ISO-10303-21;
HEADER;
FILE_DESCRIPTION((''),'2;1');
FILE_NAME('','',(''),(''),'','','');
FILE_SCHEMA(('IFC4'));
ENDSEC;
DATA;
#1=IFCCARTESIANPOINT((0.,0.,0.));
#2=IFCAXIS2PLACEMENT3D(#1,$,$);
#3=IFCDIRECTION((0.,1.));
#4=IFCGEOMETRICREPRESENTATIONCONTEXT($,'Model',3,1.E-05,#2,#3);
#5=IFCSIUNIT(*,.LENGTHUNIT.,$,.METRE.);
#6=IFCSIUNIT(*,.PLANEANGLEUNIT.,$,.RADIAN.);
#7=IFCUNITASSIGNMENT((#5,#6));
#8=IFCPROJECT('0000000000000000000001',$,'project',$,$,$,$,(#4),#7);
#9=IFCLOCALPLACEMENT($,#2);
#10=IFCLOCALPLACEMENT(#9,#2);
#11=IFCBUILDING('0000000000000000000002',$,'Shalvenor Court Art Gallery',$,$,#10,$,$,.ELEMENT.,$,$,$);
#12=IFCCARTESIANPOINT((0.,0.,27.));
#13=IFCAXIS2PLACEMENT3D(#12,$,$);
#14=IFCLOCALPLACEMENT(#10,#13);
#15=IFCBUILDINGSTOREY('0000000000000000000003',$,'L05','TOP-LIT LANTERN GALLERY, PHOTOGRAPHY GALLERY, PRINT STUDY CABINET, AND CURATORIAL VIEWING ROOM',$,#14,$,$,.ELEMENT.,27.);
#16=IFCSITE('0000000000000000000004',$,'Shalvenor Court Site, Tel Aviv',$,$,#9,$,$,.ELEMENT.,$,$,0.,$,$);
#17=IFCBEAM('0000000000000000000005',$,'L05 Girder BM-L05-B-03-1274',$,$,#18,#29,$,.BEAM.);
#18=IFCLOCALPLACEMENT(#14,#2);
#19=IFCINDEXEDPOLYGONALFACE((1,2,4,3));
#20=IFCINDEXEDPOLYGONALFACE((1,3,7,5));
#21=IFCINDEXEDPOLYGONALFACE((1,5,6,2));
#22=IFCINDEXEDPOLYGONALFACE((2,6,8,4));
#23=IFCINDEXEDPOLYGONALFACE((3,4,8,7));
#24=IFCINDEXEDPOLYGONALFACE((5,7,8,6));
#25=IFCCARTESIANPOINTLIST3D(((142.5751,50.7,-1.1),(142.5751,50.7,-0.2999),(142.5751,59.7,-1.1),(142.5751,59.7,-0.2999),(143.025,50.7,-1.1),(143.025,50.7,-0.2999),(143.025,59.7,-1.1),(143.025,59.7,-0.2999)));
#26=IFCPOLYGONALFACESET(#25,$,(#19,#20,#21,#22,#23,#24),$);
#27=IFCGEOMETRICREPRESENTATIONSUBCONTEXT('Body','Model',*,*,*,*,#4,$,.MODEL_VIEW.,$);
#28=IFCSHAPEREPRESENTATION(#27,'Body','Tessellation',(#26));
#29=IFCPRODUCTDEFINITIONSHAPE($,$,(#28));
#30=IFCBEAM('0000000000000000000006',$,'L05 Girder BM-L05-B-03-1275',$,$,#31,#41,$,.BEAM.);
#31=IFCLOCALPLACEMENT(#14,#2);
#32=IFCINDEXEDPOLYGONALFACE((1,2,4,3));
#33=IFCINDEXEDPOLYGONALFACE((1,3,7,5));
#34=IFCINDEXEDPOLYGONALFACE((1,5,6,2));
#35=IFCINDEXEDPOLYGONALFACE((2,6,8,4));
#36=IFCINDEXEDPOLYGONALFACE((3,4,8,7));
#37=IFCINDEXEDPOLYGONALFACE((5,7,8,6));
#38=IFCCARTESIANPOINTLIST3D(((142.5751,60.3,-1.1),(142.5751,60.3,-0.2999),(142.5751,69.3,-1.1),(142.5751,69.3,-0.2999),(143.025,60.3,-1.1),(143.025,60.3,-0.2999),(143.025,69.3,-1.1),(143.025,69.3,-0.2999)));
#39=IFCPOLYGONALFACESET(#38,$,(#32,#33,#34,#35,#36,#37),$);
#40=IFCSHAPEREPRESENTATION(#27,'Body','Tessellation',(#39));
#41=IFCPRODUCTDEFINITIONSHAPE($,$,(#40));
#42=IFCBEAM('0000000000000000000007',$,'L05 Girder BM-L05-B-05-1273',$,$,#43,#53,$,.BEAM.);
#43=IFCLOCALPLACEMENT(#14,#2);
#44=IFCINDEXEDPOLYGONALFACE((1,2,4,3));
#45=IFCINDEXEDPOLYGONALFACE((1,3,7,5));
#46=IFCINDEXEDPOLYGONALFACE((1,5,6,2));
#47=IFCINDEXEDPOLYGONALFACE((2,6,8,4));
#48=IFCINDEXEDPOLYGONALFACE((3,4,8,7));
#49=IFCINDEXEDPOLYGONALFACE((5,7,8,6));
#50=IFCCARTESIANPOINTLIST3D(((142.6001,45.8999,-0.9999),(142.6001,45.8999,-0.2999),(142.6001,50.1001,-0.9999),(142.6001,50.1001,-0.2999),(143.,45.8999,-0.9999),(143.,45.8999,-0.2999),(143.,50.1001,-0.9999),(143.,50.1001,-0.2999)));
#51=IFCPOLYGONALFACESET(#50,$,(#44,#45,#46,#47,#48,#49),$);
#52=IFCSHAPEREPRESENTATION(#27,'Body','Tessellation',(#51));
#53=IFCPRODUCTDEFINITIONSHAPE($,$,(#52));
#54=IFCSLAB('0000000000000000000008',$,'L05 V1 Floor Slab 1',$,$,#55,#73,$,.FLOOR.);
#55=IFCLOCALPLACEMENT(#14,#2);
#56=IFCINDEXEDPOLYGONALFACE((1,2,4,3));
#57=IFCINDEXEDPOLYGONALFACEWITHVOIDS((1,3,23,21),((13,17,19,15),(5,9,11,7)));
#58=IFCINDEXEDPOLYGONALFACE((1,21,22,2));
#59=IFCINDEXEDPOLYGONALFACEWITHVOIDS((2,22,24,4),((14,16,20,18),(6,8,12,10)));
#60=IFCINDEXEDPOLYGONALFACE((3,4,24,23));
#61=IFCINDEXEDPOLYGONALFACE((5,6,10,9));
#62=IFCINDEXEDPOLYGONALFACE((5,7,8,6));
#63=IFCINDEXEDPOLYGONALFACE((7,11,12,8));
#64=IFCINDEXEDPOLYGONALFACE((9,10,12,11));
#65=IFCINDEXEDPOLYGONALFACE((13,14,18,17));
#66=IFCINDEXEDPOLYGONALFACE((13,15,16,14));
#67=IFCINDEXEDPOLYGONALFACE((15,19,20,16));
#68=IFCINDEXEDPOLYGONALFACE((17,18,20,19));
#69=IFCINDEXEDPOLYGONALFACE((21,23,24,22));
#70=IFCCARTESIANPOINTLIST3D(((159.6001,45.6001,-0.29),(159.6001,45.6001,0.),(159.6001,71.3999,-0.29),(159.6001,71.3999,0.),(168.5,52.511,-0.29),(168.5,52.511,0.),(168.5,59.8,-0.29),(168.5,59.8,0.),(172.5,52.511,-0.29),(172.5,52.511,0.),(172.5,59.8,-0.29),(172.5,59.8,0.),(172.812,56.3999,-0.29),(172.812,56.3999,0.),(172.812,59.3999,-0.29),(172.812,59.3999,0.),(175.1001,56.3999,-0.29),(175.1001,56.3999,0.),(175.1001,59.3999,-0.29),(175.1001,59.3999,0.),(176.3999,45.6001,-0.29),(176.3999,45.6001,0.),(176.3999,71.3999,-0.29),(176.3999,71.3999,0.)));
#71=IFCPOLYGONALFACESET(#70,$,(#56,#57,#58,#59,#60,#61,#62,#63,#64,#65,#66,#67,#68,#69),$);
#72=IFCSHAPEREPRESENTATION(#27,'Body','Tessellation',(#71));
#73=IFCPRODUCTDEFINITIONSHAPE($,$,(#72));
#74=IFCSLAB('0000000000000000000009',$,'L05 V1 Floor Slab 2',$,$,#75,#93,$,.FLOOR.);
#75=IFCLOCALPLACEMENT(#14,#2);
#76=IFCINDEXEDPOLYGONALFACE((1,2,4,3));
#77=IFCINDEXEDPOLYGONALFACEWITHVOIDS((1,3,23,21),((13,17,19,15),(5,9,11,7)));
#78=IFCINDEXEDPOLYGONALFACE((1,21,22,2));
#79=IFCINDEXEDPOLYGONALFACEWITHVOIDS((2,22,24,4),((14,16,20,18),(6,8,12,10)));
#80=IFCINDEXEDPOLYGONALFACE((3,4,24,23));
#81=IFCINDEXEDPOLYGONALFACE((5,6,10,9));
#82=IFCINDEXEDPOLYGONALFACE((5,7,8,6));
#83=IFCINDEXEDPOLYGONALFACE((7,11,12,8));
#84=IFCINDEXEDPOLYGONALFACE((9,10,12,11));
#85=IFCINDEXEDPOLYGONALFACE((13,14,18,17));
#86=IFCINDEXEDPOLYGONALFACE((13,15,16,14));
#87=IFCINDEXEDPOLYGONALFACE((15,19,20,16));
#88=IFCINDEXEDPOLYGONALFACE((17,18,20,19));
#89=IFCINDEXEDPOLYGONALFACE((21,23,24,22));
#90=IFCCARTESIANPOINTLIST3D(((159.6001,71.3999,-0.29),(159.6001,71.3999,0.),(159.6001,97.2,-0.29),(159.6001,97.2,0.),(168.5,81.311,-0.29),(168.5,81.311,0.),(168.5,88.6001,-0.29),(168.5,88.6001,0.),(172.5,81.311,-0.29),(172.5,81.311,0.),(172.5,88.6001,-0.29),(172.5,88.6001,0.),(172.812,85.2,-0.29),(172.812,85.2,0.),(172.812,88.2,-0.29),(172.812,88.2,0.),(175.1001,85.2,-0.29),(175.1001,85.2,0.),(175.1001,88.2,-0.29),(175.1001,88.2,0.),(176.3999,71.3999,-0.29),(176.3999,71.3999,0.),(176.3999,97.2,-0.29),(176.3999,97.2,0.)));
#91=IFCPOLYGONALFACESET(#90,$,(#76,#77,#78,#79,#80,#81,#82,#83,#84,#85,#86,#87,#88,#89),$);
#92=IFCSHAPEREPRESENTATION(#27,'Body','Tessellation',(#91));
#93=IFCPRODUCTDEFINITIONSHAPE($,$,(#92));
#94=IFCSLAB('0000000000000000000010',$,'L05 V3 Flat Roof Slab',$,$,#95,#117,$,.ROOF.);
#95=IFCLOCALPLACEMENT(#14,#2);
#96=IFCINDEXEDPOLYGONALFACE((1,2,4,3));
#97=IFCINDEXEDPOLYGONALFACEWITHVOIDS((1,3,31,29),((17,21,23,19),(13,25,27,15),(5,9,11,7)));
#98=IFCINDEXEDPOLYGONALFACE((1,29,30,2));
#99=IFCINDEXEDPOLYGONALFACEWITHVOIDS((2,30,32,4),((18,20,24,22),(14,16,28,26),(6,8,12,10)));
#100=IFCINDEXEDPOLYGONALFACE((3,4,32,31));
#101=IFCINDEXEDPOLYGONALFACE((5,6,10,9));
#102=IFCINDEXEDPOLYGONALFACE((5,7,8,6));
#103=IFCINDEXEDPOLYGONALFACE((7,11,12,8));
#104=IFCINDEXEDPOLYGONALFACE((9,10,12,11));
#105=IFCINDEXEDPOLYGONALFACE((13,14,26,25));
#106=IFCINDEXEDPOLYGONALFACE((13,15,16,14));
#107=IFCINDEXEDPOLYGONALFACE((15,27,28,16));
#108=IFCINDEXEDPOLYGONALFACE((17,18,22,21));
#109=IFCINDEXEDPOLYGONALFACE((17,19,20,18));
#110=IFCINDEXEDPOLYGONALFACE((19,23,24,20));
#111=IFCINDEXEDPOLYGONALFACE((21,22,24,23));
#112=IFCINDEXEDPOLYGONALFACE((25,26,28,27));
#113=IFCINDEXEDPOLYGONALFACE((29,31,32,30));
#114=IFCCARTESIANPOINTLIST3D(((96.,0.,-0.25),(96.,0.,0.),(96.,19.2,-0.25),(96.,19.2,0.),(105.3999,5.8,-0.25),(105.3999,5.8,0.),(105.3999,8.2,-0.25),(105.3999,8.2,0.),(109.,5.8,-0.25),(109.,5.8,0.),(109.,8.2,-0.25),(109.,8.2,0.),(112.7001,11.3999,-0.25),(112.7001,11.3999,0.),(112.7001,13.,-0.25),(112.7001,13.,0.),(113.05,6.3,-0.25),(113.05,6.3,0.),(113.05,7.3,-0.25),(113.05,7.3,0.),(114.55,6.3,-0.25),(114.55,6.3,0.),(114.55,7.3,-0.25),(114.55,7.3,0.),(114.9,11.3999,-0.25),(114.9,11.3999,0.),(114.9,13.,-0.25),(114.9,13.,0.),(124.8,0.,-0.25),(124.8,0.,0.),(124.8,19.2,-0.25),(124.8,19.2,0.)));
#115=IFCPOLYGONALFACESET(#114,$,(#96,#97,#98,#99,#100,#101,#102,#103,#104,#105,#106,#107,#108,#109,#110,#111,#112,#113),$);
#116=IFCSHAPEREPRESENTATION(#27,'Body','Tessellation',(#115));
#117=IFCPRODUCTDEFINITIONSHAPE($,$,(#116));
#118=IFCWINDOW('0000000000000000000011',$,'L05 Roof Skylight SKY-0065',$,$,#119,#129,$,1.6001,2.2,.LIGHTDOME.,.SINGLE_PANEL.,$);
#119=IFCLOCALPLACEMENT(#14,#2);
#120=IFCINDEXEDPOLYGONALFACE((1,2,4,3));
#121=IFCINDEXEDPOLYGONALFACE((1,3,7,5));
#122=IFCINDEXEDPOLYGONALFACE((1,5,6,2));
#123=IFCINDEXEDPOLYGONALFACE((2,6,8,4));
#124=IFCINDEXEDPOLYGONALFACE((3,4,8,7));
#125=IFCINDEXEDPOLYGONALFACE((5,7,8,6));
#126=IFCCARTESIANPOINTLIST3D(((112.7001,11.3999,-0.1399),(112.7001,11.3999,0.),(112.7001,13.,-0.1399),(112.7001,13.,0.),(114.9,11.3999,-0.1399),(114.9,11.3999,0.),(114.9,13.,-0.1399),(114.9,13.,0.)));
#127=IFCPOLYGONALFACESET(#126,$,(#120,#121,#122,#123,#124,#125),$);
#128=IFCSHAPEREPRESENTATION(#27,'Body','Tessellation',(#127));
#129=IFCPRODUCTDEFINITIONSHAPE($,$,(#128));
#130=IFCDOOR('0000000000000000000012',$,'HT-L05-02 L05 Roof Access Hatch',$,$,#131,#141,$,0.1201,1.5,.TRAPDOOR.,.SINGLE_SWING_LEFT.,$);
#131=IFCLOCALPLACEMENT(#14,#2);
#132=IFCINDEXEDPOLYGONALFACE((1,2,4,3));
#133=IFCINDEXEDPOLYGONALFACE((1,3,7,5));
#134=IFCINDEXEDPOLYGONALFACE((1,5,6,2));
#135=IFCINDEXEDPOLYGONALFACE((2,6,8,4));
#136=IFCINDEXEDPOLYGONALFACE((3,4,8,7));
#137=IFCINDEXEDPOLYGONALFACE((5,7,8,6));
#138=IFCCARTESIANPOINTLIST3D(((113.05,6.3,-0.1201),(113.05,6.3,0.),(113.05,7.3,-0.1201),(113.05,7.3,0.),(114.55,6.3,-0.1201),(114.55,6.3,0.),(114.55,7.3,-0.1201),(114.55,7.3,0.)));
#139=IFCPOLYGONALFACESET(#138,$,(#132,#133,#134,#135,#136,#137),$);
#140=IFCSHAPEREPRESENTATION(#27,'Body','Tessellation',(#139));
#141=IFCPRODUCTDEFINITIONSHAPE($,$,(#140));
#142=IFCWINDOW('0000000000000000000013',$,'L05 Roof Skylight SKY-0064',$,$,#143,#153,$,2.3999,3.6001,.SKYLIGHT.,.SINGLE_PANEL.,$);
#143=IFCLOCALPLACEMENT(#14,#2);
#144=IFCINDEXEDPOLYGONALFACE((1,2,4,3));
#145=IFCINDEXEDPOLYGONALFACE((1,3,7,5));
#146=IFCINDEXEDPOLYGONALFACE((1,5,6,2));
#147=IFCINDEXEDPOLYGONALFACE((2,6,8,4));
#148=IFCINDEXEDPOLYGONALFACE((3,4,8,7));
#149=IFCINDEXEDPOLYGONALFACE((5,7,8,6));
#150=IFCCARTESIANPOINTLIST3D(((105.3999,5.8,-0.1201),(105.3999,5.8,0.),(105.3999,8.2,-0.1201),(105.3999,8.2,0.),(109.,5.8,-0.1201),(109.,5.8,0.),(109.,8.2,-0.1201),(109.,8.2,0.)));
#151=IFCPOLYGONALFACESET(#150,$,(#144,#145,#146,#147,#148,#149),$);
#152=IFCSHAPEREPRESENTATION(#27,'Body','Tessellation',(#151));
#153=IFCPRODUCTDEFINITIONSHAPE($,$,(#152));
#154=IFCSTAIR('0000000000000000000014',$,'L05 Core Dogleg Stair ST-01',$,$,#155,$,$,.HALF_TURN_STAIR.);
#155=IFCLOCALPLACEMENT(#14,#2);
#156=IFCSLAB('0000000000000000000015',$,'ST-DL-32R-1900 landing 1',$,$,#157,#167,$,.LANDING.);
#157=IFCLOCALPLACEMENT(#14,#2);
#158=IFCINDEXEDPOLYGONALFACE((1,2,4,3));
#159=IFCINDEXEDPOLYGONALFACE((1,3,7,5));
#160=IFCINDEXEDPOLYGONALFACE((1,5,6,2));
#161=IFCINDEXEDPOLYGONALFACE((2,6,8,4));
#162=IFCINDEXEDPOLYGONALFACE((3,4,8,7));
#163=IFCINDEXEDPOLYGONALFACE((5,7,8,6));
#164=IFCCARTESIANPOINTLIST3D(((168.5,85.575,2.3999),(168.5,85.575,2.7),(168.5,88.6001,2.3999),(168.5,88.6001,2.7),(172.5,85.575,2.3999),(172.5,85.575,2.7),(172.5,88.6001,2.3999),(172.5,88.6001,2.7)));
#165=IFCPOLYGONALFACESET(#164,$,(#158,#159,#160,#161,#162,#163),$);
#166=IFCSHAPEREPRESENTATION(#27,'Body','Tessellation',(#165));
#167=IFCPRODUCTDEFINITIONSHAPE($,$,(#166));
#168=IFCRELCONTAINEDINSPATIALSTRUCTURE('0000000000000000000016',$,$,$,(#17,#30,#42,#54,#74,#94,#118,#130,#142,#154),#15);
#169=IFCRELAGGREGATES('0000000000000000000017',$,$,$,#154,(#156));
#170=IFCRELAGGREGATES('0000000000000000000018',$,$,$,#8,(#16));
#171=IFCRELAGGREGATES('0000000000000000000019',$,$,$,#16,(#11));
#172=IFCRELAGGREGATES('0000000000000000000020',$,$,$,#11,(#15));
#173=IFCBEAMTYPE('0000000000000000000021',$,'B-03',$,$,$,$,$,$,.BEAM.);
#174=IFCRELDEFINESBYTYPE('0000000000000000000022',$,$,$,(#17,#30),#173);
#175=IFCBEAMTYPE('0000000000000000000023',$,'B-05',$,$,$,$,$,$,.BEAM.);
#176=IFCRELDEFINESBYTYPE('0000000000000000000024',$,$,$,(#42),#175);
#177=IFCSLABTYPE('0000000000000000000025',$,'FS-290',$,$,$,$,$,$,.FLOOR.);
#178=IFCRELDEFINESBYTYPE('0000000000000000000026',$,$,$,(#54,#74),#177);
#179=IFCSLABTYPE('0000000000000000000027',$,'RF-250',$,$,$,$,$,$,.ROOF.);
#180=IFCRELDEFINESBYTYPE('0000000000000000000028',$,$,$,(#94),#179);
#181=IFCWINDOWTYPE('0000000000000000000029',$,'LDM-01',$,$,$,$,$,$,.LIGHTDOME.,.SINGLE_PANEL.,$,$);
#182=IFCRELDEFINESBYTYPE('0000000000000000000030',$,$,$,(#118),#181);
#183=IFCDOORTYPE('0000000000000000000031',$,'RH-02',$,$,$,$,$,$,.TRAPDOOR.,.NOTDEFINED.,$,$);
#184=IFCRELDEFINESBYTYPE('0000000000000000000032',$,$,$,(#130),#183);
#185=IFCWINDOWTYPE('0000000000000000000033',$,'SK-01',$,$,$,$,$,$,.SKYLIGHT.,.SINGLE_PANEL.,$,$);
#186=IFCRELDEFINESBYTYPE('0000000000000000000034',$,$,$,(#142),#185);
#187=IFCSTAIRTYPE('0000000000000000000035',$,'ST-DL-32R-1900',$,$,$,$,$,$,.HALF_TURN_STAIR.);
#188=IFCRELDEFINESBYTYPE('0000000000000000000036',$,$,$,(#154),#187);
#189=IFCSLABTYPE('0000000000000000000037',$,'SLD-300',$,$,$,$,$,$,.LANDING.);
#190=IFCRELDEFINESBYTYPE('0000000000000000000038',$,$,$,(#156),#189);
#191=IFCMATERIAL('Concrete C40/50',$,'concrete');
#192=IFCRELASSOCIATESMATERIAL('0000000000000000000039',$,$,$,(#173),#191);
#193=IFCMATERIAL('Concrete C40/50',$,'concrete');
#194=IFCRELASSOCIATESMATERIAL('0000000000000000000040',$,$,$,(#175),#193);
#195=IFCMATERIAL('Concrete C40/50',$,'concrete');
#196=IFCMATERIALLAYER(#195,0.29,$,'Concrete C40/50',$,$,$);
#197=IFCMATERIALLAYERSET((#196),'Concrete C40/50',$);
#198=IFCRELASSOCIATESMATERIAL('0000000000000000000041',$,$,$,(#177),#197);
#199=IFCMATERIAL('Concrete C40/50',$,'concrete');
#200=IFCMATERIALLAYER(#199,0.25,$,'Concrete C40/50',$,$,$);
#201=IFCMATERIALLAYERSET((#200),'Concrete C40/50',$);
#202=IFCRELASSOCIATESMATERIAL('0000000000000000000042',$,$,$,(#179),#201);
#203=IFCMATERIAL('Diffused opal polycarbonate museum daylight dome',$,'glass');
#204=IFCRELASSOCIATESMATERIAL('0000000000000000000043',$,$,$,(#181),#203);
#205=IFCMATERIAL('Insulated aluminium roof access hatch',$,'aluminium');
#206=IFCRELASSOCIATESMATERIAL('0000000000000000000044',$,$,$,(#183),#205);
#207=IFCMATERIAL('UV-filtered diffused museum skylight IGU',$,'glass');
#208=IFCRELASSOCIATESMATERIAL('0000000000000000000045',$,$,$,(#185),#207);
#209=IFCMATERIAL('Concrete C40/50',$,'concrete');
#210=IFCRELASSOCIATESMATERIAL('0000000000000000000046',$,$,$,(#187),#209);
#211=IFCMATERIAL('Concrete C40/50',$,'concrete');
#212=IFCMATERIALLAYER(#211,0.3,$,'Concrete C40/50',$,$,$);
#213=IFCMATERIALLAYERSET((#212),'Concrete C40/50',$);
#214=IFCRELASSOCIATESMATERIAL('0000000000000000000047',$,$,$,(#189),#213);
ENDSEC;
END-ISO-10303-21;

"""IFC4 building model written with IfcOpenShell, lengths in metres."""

from ifc_helpers import new_model, si_unit, direction, frame, origin, origin_2d, place, context, subcontext, project, spatial, polyline, rectangle, outline, extrude, material, layer, layer_set, material_profile, profile_set, type_object, element, fill, aggregate, save


model = new_model("IFC4")

# Units and contexts
model_context = context("Model", 3, precision=1e-05, world=origin(), true_north=direction((0.0, 1.0)))
body_context = subcontext(model_context, "Body", "Model", "MODEL_VIEW")
ifc_project = project(units=[si_unit("LENGTHUNIT", "METRE"), si_unit("PLANEANGLEUNIT", "RADIAN")], contexts=[model_context])

# Site, building, storey
site_placement = place(None, origin())
site = spatial("IfcSite", under=ifc_project, at=site_placement, Name="Shalvenor Court Site, Tel Aviv", CompositionType="ELEMENT", RefElevation=0.0)
building_placement = place(site_placement, origin())
building = spatial("IfcBuilding", under=site, at=building_placement, Name="Shalvenor Court Art Gallery", CompositionType="ELEMENT")
storey_placement = place(building_placement, frame((0.0, 0.0, 27.0)))
storey = spatial("IfcBuildingStorey", under=building, at=storey_placement, Name="L05", Description="TOP-LIT LANTERN GALLERY, PHOTOGRAPHY GALLERY, PRINT STUDY CABINET, AND CURATORIAL VIEWING ROOM", CompositionType="ELEMENT", Elevation=27.0)

# Beams
ifc_material_1 = material(Name="Concrete C40/50", Category="concrete")
ifc_material_profile_1 = material_profile(ifc_material_1, rectangle(XDim=0.45, YDim=0.8, at=origin_2d()), Name="RC 450x800")
ifc_profile_set_1 = profile_set([ifc_material_profile_1], Name="Concrete C40/50")
beam_type_1 = type_object("IfcBeamType", Name="B-03", PredefinedType="BEAM", material=ifc_profile_set_1)
for number, where, z_axis, x_axis, name in (
    (1, (142.8, 50.7, -0.7), (0.0, 1.0, 0.0), (-1.0, 0.0, 0.0), "L05 Girder BM-L05-B-03-1274"),
    (2, (142.8, 60.3, -0.7), (0.0, 1.0, 0.0), (-1.0, 0.0, 0.0), "L05 Girder BM-L05-B-03-1275"),
):
    element("IfcBeam", number, at=place(storey_placement, frame(where, z_axis=z_axis, x_axis=x_axis)), inside=storey, type_object=beam_type_1, Name=name, PredefinedType="BEAM", context=body_context, shape_type="SweptSolid", body=[
        extrude(rectangle(XDim=0.45, YDim=0.8, at=origin_2d()), origin(), (0.0, 0.0, 1.0), 9.0),
    ])
ifc_material_2 = material(Name="Concrete C40/50", Category="concrete")
ifc_material_profile_2 = material_profile(ifc_material_2, rectangle(XDim=0.3999, YDim=0.7, at=origin_2d()), Name="RC 400x700")
ifc_profile_set_2 = profile_set([ifc_material_profile_2], Name="Concrete C40/50")
beam_type_2 = type_object("IfcBeamType", Name="B-05", PredefinedType="BEAM", material=ifc_profile_set_2)
beam_placement = place(storey_placement, frame((142.8, 45.8999, -0.6499), z_axis=(0.0, 1.0, 0.0), x_axis=(-1.0, 0.0, 0.0)))
element("IfcBeam", 3, at=beam_placement, inside=storey, type_object=beam_type_2, Name="L05 Girder BM-L05-B-05-1273", PredefinedType="BEAM", context=body_context, shape_type="SweptSolid", body=[
    extrude(rectangle(XDim=0.3999, YDim=0.7, at=origin_2d()), origin(), (0.0, 0.0, 1.0), 4.2002),
])

# Slabs
ifc_material_3 = material(Name="Concrete C40/50", Category="concrete")
ifc_layer_1 = layer(ifc_material_3, 0.29, Name="Concrete C40/50")
ifc_layer_set_1 = layer_set([ifc_layer_1], Name="Concrete C40/50")
slab_type_1 = type_object("IfcSlabType", Name="FS-290", PredefinedType="FLOOR", material=ifc_layer_set_1)
slab_1_placement = place(storey_placement, frame((0.0, 0.0, -0.29)))
element("IfcSlab", 4, at=slab_1_placement, inside=storey, type_object=slab_type_1, Name="L05 V1 Floor Slab 1", PredefinedType="FLOOR", context=body_context, shape_type="SweptSolid", body=[
    extrude(outline(polyline([(159.6001, 45.6001), (159.6001, 71.3999), (176.3999, 71.3999), (176.3999, 45.6001), (159.6001, 45.6001)]), holes=[polyline([(172.5, 52.511), (172.5, 59.8), (168.5, 59.8), (168.5, 52.511), (172.5, 52.511)]), polyline([(172.812, 59.3999), (172.812, 56.3999), (175.1001, 56.3999), (175.1001, 59.3999), (172.812, 59.3999)])]), origin(), (0.0, 0.0, 1.0), 0.29),
])
slab_2_placement = place(storey_placement, frame((0.0, 0.0, -0.29)))
element("IfcSlab", 5, at=slab_2_placement, inside=storey, type_object=slab_type_1, Name="L05 V1 Floor Slab 2", PredefinedType="FLOOR", context=body_context, shape_type="SweptSolid", body=[
    extrude(outline(polyline([(159.6001, 97.2), (176.3999, 97.2), (176.3999, 71.3999), (159.6001, 71.3999), (159.6001, 97.2)]), holes=[polyline([(172.5, 88.6001), (168.5, 88.6001), (168.5, 81.311), (172.5, 81.311), (172.5, 88.6001)]), polyline([(172.812, 85.2), (175.1001, 85.2), (175.1001, 88.2), (172.812, 88.2), (172.812, 85.2)])]), origin(), (0.0, 0.0, 1.0), 0.29),
])

# Slab, openings, windows, door
ifc_material_4 = material(Name="Concrete C40/50", Category="concrete")
ifc_layer_2 = layer(ifc_material_4, 0.25, Name="Concrete C40/50")
ifc_layer_set_2 = layer_set([ifc_layer_2], Name="Concrete C40/50")
slab_type_2 = type_object("IfcSlabType", Name="RF-250", PredefinedType="ROOF", material=ifc_layer_set_2)
slab_3_placement = place(storey_placement, frame((0.0, 0.0, -0.25)))
slab_3 = element("IfcSlab", 6, at=slab_3_placement, inside=storey, type_object=slab_type_2, Name="L05 V3 Flat Roof Slab", PredefinedType="ROOF", context=body_context, shape_type="SweptSolid", body=[
    extrude(outline(polyline([(124.8, 0.0), (124.8, 19.2), (96.0, 19.2), (96.0, 0.0), (124.8, 0.0)])), origin(), (0.0, 0.0, 1.0), 0.25),
])
opening_1_placement = place(slab_3_placement, frame((113.8, 6.8, -0.01), z_axis=(0.0, 0.0, 1.0), x_axis=(1.0, 0.0, 0.0)))
opening_1 = element("IfcOpeningElement", 7, at=opening_1_placement, cuts=slab_3, PredefinedType="OPENING", context=body_context, shape_type="SweptSolid", body=[
    extrude(rectangle(XDim=1.5, YDim=1.0, at=origin_2d()), origin(), (0.0, 0.0, 1.0), 0.27),
])
opening_2_placement = place(slab_3_placement, frame((107.2, 7.0, -0.01), z_axis=(0.0, 0.0, 1.0), x_axis=(1.0, 0.0, 0.0)))
opening_2 = element("IfcOpeningElement", 8, at=opening_2_placement, cuts=slab_3, PredefinedType="OPENING", context=body_context, shape_type="SweptSolid", body=[
    extrude(rectangle(XDim=3.6001, YDim=2.3999, at=origin_2d()), origin(), (0.0, 0.0, 1.0), 0.27),
])
opening_3_placement = place(slab_3_placement, frame((113.8, 12.2, -0.01), z_axis=(0.0, 0.0, 1.0), x_axis=(1.0, 0.0, 0.0)))
opening_3 = element("IfcOpeningElement", 9, at=opening_3_placement, cuts=slab_3, PredefinedType="OPENING", context=body_context, shape_type="SweptSolid", body=[
    extrude(rectangle(XDim=2.2, YDim=1.6001, at=origin_2d()), origin(), (0.0, 0.0, 1.0), 0.27),
])
ifc_material_5 = material(Name="Diffused opal polycarbonate museum daylight dome", Category="glass")
window_type_1 = type_object("IfcWindowType", Name="LDM-01", PartitioningType="SINGLE_PANEL", PredefinedType="LIGHTDOME", material=ifc_material_5)
window_1_placement = place(slab_3_placement, frame((113.8, 12.2, 0.1101), z_axis=(0.0, 0.0, 1.0), x_axis=(1.0, 0.0, 0.0)))
window_1 = element("IfcWindow", 10, at=window_1_placement, inside=storey, type_object=window_type_1, Name="L05 Roof Skylight SKY-0065", OverallHeight=1.6001, OverallWidth=2.2, PartitioningType="SINGLE_PANEL", PredefinedType="LIGHTDOME", context=body_context, shape_type="SweptSolid", body=[
    extrude(rectangle(XDim=2.2, YDim=1.6001, at=origin_2d()), origin(), (0.0, 0.0, 1.0), 0.1399),
])
fill(opening_3, window_1)
ifc_material_6 = material(Name="Insulated aluminium roof access hatch", Category="aluminium")
door_type = type_object("IfcDoorType", Name="RH-02", OperationType="NOTDEFINED", PredefinedType="TRAPDOOR", material=ifc_material_6)
door_placement = place(slab_3_placement, frame((113.8, 6.8, 0.1299), z_axis=(0.0, 0.0, 1.0), x_axis=(1.0, 0.0, 0.0)))
door = element("IfcDoor", 11, at=door_placement, inside=storey, type_object=door_type, Name="HT-L05-02 L05 Roof Access Hatch", OperationType="SINGLE_SWING_LEFT", OverallHeight=0.1201, OverallWidth=1.5, PredefinedType="TRAPDOOR", context=body_context, shape_type="SweptSolid", body=[
    extrude(rectangle(XDim=1.5, YDim=1.0, at=origin_2d()), origin(), (0.0, 0.0, 1.0), 0.1201),
])
fill(opening_1, door)
ifc_material_7 = material(Name="UV-filtered diffused museum skylight IGU", Category="glass")
window_type_2 = type_object("IfcWindowType", Name="SK-01", PartitioningType="SINGLE_PANEL", PredefinedType="SKYLIGHT", material=ifc_material_7)
window_2_placement = place(slab_3_placement, frame((107.2, 7.0, 0.1299), z_axis=(0.0, 0.0, 1.0), x_axis=(1.0, 0.0, 0.0)))
window_2 = element("IfcWindow", 12, at=window_2_placement, inside=storey, type_object=window_type_2, Name="L05 Roof Skylight SKY-0064", OverallHeight=2.3999, OverallWidth=3.6001, PartitioningType="SINGLE_PANEL", PredefinedType="SKYLIGHT", context=body_context, shape_type="SweptSolid", body=[
    extrude(rectangle(XDim=3.6001, YDim=2.3999, at=origin_2d()), origin(), (0.0, 0.0, 1.0), 0.1201),
])
fill(opening_2, window_2)

# Stair, slab
ifc_material_8 = material(Name="Concrete C40/50", Category="concrete")
stair_type = type_object("IfcStairType", Name="ST-DL-32R-1900", PredefinedType="HALF_TURN_STAIR", material=ifc_material_8)
stair_placement = place(storey_placement, origin())
stair = element("IfcStair", 13, at=stair_placement, inside=storey, type_object=stair_type, Name="L05 Core Dogleg Stair ST-01", PredefinedType="HALF_TURN_STAIR")
ifc_material_9 = material(Name="Concrete C40/50", Category="concrete")
ifc_layer_3 = layer(ifc_material_9, 0.3, Name="Concrete C40/50")
ifc_layer_set_3 = layer_set([ifc_layer_3], Name="Concrete C40/50")
slab_type_3 = type_object("IfcSlabType", Name="SLD-300", PredefinedType="LANDING", material=ifc_layer_set_3)
slab_4_placement = place(storey_placement, frame((0.0, 0.0, 2.3999)))
slab_4 = element("IfcSlab", 14, at=slab_4_placement, type_object=slab_type_3, Name="ST-DL-32R-1900 landing 1", PredefinedType="LANDING", context=body_context, shape_type="SweptSolid", body=[
    extrude(outline(polyline([(172.5, 85.575), (172.5, 88.6001), (168.5, 88.6001), (168.5, 85.575), (172.5, 85.575)])), origin(), (0.0, 0.0, 1.0), 0.3),
])
aggregate(stair, [slab_4])

save(model, "model.ifc")
